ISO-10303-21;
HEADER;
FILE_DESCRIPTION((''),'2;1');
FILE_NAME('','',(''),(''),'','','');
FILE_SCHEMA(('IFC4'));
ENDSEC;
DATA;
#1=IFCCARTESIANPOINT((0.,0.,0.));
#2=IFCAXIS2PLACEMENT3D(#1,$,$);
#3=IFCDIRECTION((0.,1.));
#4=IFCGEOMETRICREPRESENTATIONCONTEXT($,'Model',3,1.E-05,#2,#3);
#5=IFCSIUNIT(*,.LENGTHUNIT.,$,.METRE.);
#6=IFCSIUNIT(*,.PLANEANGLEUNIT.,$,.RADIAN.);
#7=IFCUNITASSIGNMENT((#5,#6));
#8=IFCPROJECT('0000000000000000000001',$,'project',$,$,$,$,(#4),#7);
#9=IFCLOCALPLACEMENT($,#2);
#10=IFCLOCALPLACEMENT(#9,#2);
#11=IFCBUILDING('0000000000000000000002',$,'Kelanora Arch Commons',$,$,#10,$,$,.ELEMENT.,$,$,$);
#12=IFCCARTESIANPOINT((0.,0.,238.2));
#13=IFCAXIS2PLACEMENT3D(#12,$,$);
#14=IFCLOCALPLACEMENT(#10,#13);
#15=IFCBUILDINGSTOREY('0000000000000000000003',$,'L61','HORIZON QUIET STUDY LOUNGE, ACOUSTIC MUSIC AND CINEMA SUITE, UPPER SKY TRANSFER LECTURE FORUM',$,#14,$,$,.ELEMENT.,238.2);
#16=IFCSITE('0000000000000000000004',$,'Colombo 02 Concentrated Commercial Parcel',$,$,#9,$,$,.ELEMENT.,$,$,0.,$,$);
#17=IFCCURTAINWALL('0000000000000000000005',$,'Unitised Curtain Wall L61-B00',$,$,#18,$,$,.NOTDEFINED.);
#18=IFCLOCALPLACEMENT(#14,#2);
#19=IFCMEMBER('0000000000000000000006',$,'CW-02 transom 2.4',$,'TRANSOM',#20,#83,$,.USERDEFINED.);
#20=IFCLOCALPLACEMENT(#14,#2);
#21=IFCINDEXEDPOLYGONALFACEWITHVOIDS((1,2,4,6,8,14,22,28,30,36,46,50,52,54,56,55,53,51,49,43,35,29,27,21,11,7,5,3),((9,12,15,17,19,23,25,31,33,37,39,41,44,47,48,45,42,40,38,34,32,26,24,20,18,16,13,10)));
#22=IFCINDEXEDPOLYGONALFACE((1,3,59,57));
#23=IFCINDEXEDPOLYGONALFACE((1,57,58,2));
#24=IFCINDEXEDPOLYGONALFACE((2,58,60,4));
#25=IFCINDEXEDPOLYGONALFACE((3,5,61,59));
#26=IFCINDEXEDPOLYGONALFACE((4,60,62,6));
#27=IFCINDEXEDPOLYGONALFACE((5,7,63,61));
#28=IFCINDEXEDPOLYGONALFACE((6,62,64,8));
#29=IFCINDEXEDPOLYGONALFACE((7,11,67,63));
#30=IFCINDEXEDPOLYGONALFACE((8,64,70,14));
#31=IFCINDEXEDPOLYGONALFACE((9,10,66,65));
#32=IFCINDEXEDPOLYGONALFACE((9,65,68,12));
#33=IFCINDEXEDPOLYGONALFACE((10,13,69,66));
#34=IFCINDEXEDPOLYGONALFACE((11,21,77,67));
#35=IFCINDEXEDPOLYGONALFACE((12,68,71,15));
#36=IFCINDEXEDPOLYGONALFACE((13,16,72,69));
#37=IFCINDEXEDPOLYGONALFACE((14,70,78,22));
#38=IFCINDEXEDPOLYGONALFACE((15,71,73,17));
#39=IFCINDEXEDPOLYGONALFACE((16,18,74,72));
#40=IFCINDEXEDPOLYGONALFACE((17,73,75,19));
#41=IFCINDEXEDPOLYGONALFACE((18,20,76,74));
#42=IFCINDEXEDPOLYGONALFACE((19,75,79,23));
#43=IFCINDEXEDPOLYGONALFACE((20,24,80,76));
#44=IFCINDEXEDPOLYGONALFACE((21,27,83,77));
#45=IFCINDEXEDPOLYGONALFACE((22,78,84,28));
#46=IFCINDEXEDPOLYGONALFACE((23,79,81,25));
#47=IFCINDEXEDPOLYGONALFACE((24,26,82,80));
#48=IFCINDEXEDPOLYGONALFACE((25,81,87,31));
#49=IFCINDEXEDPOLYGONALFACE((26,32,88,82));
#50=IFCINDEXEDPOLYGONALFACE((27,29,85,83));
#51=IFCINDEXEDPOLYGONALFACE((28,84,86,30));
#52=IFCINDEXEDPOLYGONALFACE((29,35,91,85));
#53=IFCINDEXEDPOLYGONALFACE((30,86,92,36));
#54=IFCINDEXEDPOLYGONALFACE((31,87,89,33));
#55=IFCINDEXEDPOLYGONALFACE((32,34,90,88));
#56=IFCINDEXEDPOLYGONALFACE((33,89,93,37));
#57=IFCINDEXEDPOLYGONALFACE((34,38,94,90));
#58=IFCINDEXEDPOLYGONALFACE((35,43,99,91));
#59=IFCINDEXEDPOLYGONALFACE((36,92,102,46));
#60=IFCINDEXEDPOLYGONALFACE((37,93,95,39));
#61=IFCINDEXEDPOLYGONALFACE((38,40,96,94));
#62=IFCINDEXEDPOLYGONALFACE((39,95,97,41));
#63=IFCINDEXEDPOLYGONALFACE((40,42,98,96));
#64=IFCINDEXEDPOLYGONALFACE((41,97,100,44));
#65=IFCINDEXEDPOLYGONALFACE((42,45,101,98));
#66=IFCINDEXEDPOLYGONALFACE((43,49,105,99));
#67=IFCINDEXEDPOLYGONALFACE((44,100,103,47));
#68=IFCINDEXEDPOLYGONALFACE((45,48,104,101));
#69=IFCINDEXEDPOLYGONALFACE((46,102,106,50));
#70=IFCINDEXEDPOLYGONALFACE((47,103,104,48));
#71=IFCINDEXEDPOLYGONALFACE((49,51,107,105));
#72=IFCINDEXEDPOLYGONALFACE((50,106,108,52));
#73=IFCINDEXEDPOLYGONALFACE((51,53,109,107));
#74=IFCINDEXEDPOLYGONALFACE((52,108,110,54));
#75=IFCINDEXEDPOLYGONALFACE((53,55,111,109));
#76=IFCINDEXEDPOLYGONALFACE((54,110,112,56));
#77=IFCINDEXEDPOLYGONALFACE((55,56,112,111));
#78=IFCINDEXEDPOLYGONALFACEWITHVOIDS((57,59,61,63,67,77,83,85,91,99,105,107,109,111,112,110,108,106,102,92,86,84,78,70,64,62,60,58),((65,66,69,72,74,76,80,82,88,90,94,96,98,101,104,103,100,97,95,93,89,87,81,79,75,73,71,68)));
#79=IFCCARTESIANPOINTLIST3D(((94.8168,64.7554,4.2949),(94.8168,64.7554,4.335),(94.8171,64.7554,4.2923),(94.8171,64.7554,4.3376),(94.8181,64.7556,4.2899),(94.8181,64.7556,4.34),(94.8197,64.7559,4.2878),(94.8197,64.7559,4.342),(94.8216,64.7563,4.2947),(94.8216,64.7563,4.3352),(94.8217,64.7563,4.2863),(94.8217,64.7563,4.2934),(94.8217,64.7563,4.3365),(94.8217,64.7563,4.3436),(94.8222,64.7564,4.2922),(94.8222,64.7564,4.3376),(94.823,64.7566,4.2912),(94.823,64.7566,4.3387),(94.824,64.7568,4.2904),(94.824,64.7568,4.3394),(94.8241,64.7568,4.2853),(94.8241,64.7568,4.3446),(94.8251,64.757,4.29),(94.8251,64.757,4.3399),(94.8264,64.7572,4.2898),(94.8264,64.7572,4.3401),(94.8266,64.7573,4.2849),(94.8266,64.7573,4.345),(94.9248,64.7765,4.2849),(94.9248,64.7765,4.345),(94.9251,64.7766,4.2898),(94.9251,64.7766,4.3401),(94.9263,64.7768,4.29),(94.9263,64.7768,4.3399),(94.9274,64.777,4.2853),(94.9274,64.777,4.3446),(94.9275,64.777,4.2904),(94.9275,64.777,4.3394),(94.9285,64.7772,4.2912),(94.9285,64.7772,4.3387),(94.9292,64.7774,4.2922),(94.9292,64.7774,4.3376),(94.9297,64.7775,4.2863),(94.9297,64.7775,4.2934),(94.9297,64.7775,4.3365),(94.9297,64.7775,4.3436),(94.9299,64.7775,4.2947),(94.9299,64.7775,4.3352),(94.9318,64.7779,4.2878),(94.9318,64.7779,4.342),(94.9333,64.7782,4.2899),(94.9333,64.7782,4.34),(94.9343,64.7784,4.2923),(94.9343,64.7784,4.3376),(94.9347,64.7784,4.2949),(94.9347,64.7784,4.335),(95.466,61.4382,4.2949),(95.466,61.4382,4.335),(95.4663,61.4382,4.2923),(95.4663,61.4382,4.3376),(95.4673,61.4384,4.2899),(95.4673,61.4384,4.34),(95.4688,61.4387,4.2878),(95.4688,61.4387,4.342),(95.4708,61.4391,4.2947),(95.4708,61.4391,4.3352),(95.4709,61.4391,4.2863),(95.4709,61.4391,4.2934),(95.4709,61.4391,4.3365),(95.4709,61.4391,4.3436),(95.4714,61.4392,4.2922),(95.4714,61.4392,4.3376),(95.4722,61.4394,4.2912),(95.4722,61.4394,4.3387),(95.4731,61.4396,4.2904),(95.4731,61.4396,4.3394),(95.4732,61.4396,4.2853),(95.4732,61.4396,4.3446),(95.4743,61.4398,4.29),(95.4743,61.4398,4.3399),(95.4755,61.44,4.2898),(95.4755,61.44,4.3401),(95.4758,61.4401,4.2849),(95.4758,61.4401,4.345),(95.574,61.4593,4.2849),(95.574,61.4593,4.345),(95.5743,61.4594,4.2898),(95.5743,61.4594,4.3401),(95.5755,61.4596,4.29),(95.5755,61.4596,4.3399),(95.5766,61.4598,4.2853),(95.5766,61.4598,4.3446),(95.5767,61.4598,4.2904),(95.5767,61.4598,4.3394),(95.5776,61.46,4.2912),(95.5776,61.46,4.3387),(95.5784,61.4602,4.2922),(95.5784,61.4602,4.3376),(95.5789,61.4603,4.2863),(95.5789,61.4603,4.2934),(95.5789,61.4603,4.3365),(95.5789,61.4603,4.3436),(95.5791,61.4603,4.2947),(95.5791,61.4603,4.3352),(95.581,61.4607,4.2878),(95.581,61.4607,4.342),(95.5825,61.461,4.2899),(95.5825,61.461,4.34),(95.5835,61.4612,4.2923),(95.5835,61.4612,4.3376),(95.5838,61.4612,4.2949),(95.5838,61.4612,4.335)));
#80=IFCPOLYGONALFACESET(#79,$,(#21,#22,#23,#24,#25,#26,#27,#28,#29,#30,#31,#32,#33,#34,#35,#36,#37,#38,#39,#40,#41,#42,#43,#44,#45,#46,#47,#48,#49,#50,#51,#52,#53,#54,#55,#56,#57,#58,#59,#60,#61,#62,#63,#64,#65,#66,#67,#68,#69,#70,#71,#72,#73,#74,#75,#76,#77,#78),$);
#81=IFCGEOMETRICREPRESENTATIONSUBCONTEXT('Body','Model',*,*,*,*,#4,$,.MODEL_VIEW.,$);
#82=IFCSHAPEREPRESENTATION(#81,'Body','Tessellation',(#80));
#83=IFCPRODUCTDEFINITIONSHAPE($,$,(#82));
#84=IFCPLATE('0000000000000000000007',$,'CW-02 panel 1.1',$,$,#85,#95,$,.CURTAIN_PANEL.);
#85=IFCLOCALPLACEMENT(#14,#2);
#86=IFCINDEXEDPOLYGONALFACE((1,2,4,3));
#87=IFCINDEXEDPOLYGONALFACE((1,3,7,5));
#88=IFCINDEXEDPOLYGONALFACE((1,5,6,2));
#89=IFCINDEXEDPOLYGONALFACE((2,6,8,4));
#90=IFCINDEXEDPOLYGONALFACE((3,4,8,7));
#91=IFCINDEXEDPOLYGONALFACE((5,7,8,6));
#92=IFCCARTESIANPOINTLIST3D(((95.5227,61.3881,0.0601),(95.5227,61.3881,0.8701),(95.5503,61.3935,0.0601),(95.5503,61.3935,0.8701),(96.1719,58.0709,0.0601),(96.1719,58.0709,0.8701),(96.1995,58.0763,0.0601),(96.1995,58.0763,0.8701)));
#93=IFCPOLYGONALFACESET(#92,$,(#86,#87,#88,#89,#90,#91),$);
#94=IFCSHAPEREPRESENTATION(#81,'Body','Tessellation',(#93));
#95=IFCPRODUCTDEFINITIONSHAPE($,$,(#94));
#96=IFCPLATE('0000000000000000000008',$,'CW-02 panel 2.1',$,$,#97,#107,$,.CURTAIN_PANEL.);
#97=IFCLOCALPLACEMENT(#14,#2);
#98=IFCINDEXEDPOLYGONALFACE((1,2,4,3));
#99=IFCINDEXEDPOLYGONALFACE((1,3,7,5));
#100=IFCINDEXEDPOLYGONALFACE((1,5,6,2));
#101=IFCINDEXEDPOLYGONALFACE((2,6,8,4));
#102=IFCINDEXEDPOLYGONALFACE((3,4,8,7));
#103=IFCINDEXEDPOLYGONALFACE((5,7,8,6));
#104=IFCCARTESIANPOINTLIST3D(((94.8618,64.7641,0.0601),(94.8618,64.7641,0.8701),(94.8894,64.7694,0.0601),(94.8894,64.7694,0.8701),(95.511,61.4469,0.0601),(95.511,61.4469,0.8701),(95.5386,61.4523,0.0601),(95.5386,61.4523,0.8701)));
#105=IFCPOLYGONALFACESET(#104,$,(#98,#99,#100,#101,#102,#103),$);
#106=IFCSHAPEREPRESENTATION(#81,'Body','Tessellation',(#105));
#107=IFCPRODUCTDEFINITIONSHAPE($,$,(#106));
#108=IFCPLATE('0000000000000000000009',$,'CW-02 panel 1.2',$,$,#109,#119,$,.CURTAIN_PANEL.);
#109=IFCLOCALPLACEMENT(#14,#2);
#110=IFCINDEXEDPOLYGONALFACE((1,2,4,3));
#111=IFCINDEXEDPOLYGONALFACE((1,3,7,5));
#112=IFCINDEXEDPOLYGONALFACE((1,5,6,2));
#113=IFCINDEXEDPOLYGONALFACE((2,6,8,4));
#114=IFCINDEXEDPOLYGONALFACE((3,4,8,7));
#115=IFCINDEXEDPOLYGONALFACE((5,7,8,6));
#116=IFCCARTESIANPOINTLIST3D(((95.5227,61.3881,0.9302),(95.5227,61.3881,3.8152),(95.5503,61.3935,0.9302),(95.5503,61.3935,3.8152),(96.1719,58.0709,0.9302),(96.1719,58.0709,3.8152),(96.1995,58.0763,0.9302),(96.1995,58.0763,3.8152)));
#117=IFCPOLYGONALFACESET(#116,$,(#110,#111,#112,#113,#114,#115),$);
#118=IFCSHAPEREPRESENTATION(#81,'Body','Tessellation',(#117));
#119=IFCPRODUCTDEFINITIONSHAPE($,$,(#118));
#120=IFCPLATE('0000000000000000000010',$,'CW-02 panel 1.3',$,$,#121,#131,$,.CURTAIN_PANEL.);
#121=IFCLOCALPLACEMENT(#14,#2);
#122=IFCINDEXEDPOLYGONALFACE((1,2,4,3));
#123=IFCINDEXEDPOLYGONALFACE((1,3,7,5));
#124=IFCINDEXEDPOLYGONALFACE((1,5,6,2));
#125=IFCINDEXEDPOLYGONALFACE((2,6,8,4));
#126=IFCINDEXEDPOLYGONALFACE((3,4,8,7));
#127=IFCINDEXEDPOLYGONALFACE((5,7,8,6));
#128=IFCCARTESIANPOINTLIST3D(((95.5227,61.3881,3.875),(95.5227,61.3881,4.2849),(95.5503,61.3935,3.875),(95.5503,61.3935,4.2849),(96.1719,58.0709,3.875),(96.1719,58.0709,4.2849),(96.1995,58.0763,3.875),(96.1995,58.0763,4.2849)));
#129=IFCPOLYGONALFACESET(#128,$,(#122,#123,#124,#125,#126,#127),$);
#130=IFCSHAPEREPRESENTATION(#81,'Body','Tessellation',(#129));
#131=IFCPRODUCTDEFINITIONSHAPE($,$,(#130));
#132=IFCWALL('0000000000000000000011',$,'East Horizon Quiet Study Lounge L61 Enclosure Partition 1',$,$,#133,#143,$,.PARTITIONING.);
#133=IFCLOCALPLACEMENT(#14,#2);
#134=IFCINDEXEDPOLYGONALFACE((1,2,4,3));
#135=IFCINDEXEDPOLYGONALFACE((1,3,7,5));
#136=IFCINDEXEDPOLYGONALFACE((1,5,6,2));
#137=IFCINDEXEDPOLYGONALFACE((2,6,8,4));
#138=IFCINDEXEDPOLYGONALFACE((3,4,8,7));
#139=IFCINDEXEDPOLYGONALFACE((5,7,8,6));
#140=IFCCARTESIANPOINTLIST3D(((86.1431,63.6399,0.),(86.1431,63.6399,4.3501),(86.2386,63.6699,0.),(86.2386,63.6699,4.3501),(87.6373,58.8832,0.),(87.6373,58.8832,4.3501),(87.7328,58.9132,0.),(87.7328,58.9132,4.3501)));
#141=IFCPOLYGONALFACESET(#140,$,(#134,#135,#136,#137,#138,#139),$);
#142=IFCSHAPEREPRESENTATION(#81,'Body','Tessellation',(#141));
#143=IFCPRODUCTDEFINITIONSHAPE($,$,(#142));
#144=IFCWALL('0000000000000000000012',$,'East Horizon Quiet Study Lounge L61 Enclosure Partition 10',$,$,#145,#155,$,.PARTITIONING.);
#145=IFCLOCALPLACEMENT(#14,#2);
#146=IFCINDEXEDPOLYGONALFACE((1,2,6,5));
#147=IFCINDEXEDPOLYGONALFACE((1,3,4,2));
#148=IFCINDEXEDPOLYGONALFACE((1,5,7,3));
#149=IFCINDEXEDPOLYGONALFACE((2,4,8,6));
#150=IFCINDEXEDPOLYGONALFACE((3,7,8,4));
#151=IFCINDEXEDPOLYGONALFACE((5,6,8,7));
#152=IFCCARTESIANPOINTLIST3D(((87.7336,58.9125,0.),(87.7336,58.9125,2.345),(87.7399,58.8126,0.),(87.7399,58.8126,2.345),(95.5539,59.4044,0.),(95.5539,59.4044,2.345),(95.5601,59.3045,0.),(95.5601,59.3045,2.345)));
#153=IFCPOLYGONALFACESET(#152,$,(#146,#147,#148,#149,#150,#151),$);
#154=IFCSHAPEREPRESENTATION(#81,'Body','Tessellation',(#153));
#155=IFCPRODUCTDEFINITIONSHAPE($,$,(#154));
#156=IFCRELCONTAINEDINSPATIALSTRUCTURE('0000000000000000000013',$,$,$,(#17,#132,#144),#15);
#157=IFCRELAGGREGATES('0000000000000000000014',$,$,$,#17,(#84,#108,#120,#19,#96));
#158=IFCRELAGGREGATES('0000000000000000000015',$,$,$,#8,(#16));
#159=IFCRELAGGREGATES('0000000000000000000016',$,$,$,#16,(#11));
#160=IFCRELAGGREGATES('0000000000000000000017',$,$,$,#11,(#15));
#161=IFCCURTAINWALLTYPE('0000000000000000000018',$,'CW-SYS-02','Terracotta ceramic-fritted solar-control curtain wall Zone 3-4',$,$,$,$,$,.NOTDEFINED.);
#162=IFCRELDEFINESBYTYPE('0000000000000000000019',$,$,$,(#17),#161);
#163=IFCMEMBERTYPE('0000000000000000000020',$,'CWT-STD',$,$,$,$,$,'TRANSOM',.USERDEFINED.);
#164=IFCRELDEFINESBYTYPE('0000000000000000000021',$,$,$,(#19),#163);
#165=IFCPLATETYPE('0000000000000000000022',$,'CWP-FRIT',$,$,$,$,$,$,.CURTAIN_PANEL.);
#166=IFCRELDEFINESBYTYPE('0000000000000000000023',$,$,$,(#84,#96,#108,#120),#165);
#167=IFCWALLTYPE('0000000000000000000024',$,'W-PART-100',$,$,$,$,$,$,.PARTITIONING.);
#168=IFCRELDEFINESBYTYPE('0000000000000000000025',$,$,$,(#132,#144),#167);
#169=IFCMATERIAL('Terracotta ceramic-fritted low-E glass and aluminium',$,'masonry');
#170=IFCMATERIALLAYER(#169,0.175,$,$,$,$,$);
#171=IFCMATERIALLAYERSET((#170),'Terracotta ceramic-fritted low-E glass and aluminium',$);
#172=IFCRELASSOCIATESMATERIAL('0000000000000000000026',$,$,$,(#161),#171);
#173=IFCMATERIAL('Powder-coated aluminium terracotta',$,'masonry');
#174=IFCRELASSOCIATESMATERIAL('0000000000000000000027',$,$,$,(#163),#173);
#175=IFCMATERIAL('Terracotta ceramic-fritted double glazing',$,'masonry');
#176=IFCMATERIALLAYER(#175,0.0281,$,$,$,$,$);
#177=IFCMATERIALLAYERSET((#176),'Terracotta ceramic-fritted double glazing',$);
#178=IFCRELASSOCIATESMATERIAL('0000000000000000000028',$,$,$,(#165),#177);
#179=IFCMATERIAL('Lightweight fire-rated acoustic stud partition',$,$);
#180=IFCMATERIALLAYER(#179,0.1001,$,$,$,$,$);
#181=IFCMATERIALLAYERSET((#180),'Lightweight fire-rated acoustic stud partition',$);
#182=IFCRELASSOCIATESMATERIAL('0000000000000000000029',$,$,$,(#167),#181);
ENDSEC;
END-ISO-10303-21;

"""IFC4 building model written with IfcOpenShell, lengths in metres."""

from ifc_helpers import new_model, si_unit, direction, frame, frame_2d, origin, origin_2d, place, context, subcontext, project, spatial, rectangle, hollow_rectangle, extrude, source, transform, mapped, material, layer, layer_set, material_profile, profile_set, type_object, element, aggregate, save


model = new_model("IFC4")

# Units and contexts
model_context = context("Model", 3, precision=1e-05, world=origin(), true_north=direction((0.0, 1.0)))
body_context = subcontext(model_context, "Body", "Model", "MODEL_VIEW")
ifc_project = project(units=[si_unit("LENGTHUNIT", "METRE"), si_unit("PLANEANGLEUNIT", "RADIAN")], contexts=[model_context])

# Site, building, storey
site_placement = place(None, origin())
site = spatial("IfcSite", under=ifc_project, at=site_placement, Name="Colombo 02 Concentrated Commercial Parcel", CompositionType="ELEMENT", RefElevation=0.0)
building_placement = place(site_placement, origin())
building = spatial("IfcBuilding", under=site, at=building_placement, Name="Kelanora Arch Commons", CompositionType="ELEMENT")
storey_placement = place(building_placement, frame((0.0, 0.0, 238.2)))
storey = spatial("IfcBuildingStorey", under=building, at=storey_placement, Name="L61", Description="HORIZON QUIET STUDY LOUNGE, ACOUSTIC MUSIC AND CINEMA SUITE, UPPER SKY TRANSFER LECTURE FORUM", CompositionType="ELEMENT", Elevation=238.2)

# Curtain wall, member, plates
ifc_material_1 = material(Name="Terracotta ceramic-fritted low-E glass and aluminium", Category="masonry")
ifc_layer_1 = layer(ifc_material_1, 0.175)
ifc_layer_set_1 = layer_set([ifc_layer_1], Name="Terracotta ceramic-fritted low-E glass and aluminium")
curtain_wall_type = type_object("IfcCurtainWallType", Name="CW-SYS-02", Description="Terracotta ceramic-fritted solar-control curtain wall Zone 3-4", PredefinedType="NOTDEFINED", material=ifc_layer_set_1)
curtain_wall_placement = place(storey_placement, origin())
curtain_wall = element("IfcCurtainWall", 1, at=curtain_wall_placement, inside=storey, type_object=curtain_wall_type, Name="Unitised Curtain Wall L61-B00", PredefinedType="NOTDEFINED")
ifc_material_2 = material(Name="Powder-coated aluminium terracotta", Category="masonry")
ifc_material_profile_1 = material_profile(ifc_material_2, hollow_rectangle(XDim=0.1201, YDim=0.0601, WallThickness=0.0049, InnerFilletRadius=0.0049, OuterFilletRadius=0.01, at=origin_2d()), Name="CWT120x60")
ifc_profile_set_1 = profile_set([ifc_material_profile_1], Name="Powder-coated aluminium terracotta")
member_type_1 = type_object("IfcMemberType", Name="CWT-STD", ElementType="TRANSOM", PredefinedType="USERDEFINED", material=ifc_profile_set_1)
member_1_placement = place(storey_placement, frame((95.5249, 61.4497, 4.3149), z_axis=(-0.192058, 0.981383, 0.0), x_axis=(-0.981383, -0.192058, 0.0)))
member_1 = element("IfcMember", 2, at=member_1_placement, type_object=member_type_1, Name="CW-02 transom 2.4", ObjectType="TRANSOM", PredefinedType="USERDEFINED", context=body_context, shape_type="SweptSolid", body=[
    extrude(hollow_rectangle(XDim=0.1201, YDim=0.0601, WallThickness=0.0049, InnerFilletRadius=0.0049, OuterFilletRadius=0.01, at=origin_2d()), origin(), (0.0, 0.0, 1.0), 3.3801),
])
ifc_material_3 = material(Name="Terracotta ceramic-fritted double glazing", Category="masonry")
ifc_layer_2 = layer(ifc_material_3, 0.0281)
ifc_layer_set_2 = layer_set([ifc_layer_2], Name="Terracotta ceramic-fritted double glazing")
plate_type = type_object("IfcPlateType", Name="CWP-FRIT", PredefinedType="CURTAIN_PANEL", material=ifc_layer_set_2)
shared_shape_1 = source(origin(), body_context, "Body", "SweptSolid", [
    extrude(rectangle(XDim=3.3801, YDim=0.0281, at=origin_2d()), origin(), (0.0, 0.0, 1.0), 0.8101),
])
plate_1_placement = place(storey_placement, frame((95.8611, 59.7322, 0.0601), z_axis=(0.0, 0.0, 1.0), x_axis=(-0.192069, 0.981381, 0.0)))
plate_1 = element("IfcPlate", 3, at=plate_1_placement, type_object=plate_type, Name="CW-02 panel 1.1", PredefinedType="CURTAIN_PANEL", context=body_context, shape_type="MappedRepresentation", body=[
    mapped(shared_shape_1, transform((0.0, 0.0, 0.0), scale=1.0)),
])
plate_2_placement = place(storey_placement, frame((95.2002, 63.1082, 0.0601), z_axis=(0.0, 0.0, 1.0), x_axis=(-0.192069, 0.981381, 0.0)))
plate_2 = element("IfcPlate", 4, at=plate_2_placement, type_object=plate_type, Name="CW-02 panel 2.1", PredefinedType="CURTAIN_PANEL", context=body_context, shape_type="MappedRepresentation", body=[
    mapped(shared_shape_1, transform((0.0, 0.0, 0.0), scale=1.0)),
])
shared_shape_2 = source(origin(), body_context, "Body", "SweptSolid", [
    extrude(rectangle(XDim=3.3801, YDim=0.0281, at=origin_2d()), origin(), (0.0, 0.0, 1.0), 2.885),
])
plate_3_placement = place(storey_placement, frame((95.8611, 59.7322, 0.9302), z_axis=(0.0, 0.0, 1.0), x_axis=(-0.192069, 0.981381, 0.0)))
plate_3 = element("IfcPlate", 5, at=plate_3_placement, type_object=plate_type, Name="CW-02 panel 1.2", PredefinedType="CURTAIN_PANEL", context=body_context, shape_type="MappedRepresentation", body=[
    mapped(shared_shape_2, transform((0.0, 0.0, 0.0), scale=1.0)),
])
shared_shape_3 = source(origin(), body_context, "Body", "SweptSolid", [
    extrude(rectangle(XDim=3.3801, YDim=0.0281, at=origin_2d()), origin(), (0.0, 0.0, 1.0), 0.4099),
])
plate_4_placement = place(storey_placement, frame((95.8611, 59.7322, 3.875), z_axis=(0.0, 0.0, 1.0), x_axis=(-0.192069, 0.981381, 0.0)))
plate_4 = element("IfcPlate", 6, at=plate_4_placement, type_object=plate_type, Name="CW-02 panel 1.3", PredefinedType="CURTAIN_PANEL", context=body_context, shape_type="MappedRepresentation", body=[
    mapped(shared_shape_3, transform((0.0, 0.0, 0.0), scale=1.0)),
])
aggregate(curtain_wall, [plate_1, plate_3, plate_4, member_1, plate_2])

# Walls
ifc_material_4 = material(Name="Lightweight fire-rated acoustic stud partition")
ifc_layer_3 = layer(ifc_material_4, 0.1001)
ifc_layer_set_3 = layer_set([ifc_layer_3], Name="Lightweight fire-rated acoustic stud partition")
wall_type = type_object("IfcWallType", Name="W-PART-100", PredefinedType="PARTITIONING", material=ifc_layer_set_3)
wall_1_placement = place(storey_placement, frame((87.6851, 58.8982, 0.0), z_axis=(0.0, 0.0, 1.0), x_axis=(-0.299683, 0.954039, 0.0)))
element("IfcWall", 7, at=wall_1_placement, inside=storey, type_object=wall_type, Name="East Horizon Quiet Study Lounge L61 Enclosure Partition 1", PredefinedType="PARTITIONING", context=body_context, shape_type="SweptSolid", body=[
    extrude(rectangle(XDim=4.9858, YDim=0.1001, at=frame_2d((2.4929, 0.0))), origin(), (0.0, 0.0, 1.0), 4.3501),
])
wall_2_placement = place(storey_placement, frame((95.5571, 59.3545, 0.0), z_axis=(0.0, 0.0, 1.0), x_axis=(-0.998027, -0.062782, 0.0)))
element("IfcWall", 8, at=wall_2_placement, inside=storey, type_object=wall_type, Name="East Horizon Quiet Study Lounge L61 Enclosure Partition 10", PredefinedType="PARTITIONING", context=body_context, shape_type="SweptSolid", body=[
    extrude(rectangle(XDim=7.8357, YDim=0.1001, at=frame_2d((3.918, 0.0))), origin(), (0.0, 0.0, 1.0), 2.345),
])

save(model, "model.ifc")
